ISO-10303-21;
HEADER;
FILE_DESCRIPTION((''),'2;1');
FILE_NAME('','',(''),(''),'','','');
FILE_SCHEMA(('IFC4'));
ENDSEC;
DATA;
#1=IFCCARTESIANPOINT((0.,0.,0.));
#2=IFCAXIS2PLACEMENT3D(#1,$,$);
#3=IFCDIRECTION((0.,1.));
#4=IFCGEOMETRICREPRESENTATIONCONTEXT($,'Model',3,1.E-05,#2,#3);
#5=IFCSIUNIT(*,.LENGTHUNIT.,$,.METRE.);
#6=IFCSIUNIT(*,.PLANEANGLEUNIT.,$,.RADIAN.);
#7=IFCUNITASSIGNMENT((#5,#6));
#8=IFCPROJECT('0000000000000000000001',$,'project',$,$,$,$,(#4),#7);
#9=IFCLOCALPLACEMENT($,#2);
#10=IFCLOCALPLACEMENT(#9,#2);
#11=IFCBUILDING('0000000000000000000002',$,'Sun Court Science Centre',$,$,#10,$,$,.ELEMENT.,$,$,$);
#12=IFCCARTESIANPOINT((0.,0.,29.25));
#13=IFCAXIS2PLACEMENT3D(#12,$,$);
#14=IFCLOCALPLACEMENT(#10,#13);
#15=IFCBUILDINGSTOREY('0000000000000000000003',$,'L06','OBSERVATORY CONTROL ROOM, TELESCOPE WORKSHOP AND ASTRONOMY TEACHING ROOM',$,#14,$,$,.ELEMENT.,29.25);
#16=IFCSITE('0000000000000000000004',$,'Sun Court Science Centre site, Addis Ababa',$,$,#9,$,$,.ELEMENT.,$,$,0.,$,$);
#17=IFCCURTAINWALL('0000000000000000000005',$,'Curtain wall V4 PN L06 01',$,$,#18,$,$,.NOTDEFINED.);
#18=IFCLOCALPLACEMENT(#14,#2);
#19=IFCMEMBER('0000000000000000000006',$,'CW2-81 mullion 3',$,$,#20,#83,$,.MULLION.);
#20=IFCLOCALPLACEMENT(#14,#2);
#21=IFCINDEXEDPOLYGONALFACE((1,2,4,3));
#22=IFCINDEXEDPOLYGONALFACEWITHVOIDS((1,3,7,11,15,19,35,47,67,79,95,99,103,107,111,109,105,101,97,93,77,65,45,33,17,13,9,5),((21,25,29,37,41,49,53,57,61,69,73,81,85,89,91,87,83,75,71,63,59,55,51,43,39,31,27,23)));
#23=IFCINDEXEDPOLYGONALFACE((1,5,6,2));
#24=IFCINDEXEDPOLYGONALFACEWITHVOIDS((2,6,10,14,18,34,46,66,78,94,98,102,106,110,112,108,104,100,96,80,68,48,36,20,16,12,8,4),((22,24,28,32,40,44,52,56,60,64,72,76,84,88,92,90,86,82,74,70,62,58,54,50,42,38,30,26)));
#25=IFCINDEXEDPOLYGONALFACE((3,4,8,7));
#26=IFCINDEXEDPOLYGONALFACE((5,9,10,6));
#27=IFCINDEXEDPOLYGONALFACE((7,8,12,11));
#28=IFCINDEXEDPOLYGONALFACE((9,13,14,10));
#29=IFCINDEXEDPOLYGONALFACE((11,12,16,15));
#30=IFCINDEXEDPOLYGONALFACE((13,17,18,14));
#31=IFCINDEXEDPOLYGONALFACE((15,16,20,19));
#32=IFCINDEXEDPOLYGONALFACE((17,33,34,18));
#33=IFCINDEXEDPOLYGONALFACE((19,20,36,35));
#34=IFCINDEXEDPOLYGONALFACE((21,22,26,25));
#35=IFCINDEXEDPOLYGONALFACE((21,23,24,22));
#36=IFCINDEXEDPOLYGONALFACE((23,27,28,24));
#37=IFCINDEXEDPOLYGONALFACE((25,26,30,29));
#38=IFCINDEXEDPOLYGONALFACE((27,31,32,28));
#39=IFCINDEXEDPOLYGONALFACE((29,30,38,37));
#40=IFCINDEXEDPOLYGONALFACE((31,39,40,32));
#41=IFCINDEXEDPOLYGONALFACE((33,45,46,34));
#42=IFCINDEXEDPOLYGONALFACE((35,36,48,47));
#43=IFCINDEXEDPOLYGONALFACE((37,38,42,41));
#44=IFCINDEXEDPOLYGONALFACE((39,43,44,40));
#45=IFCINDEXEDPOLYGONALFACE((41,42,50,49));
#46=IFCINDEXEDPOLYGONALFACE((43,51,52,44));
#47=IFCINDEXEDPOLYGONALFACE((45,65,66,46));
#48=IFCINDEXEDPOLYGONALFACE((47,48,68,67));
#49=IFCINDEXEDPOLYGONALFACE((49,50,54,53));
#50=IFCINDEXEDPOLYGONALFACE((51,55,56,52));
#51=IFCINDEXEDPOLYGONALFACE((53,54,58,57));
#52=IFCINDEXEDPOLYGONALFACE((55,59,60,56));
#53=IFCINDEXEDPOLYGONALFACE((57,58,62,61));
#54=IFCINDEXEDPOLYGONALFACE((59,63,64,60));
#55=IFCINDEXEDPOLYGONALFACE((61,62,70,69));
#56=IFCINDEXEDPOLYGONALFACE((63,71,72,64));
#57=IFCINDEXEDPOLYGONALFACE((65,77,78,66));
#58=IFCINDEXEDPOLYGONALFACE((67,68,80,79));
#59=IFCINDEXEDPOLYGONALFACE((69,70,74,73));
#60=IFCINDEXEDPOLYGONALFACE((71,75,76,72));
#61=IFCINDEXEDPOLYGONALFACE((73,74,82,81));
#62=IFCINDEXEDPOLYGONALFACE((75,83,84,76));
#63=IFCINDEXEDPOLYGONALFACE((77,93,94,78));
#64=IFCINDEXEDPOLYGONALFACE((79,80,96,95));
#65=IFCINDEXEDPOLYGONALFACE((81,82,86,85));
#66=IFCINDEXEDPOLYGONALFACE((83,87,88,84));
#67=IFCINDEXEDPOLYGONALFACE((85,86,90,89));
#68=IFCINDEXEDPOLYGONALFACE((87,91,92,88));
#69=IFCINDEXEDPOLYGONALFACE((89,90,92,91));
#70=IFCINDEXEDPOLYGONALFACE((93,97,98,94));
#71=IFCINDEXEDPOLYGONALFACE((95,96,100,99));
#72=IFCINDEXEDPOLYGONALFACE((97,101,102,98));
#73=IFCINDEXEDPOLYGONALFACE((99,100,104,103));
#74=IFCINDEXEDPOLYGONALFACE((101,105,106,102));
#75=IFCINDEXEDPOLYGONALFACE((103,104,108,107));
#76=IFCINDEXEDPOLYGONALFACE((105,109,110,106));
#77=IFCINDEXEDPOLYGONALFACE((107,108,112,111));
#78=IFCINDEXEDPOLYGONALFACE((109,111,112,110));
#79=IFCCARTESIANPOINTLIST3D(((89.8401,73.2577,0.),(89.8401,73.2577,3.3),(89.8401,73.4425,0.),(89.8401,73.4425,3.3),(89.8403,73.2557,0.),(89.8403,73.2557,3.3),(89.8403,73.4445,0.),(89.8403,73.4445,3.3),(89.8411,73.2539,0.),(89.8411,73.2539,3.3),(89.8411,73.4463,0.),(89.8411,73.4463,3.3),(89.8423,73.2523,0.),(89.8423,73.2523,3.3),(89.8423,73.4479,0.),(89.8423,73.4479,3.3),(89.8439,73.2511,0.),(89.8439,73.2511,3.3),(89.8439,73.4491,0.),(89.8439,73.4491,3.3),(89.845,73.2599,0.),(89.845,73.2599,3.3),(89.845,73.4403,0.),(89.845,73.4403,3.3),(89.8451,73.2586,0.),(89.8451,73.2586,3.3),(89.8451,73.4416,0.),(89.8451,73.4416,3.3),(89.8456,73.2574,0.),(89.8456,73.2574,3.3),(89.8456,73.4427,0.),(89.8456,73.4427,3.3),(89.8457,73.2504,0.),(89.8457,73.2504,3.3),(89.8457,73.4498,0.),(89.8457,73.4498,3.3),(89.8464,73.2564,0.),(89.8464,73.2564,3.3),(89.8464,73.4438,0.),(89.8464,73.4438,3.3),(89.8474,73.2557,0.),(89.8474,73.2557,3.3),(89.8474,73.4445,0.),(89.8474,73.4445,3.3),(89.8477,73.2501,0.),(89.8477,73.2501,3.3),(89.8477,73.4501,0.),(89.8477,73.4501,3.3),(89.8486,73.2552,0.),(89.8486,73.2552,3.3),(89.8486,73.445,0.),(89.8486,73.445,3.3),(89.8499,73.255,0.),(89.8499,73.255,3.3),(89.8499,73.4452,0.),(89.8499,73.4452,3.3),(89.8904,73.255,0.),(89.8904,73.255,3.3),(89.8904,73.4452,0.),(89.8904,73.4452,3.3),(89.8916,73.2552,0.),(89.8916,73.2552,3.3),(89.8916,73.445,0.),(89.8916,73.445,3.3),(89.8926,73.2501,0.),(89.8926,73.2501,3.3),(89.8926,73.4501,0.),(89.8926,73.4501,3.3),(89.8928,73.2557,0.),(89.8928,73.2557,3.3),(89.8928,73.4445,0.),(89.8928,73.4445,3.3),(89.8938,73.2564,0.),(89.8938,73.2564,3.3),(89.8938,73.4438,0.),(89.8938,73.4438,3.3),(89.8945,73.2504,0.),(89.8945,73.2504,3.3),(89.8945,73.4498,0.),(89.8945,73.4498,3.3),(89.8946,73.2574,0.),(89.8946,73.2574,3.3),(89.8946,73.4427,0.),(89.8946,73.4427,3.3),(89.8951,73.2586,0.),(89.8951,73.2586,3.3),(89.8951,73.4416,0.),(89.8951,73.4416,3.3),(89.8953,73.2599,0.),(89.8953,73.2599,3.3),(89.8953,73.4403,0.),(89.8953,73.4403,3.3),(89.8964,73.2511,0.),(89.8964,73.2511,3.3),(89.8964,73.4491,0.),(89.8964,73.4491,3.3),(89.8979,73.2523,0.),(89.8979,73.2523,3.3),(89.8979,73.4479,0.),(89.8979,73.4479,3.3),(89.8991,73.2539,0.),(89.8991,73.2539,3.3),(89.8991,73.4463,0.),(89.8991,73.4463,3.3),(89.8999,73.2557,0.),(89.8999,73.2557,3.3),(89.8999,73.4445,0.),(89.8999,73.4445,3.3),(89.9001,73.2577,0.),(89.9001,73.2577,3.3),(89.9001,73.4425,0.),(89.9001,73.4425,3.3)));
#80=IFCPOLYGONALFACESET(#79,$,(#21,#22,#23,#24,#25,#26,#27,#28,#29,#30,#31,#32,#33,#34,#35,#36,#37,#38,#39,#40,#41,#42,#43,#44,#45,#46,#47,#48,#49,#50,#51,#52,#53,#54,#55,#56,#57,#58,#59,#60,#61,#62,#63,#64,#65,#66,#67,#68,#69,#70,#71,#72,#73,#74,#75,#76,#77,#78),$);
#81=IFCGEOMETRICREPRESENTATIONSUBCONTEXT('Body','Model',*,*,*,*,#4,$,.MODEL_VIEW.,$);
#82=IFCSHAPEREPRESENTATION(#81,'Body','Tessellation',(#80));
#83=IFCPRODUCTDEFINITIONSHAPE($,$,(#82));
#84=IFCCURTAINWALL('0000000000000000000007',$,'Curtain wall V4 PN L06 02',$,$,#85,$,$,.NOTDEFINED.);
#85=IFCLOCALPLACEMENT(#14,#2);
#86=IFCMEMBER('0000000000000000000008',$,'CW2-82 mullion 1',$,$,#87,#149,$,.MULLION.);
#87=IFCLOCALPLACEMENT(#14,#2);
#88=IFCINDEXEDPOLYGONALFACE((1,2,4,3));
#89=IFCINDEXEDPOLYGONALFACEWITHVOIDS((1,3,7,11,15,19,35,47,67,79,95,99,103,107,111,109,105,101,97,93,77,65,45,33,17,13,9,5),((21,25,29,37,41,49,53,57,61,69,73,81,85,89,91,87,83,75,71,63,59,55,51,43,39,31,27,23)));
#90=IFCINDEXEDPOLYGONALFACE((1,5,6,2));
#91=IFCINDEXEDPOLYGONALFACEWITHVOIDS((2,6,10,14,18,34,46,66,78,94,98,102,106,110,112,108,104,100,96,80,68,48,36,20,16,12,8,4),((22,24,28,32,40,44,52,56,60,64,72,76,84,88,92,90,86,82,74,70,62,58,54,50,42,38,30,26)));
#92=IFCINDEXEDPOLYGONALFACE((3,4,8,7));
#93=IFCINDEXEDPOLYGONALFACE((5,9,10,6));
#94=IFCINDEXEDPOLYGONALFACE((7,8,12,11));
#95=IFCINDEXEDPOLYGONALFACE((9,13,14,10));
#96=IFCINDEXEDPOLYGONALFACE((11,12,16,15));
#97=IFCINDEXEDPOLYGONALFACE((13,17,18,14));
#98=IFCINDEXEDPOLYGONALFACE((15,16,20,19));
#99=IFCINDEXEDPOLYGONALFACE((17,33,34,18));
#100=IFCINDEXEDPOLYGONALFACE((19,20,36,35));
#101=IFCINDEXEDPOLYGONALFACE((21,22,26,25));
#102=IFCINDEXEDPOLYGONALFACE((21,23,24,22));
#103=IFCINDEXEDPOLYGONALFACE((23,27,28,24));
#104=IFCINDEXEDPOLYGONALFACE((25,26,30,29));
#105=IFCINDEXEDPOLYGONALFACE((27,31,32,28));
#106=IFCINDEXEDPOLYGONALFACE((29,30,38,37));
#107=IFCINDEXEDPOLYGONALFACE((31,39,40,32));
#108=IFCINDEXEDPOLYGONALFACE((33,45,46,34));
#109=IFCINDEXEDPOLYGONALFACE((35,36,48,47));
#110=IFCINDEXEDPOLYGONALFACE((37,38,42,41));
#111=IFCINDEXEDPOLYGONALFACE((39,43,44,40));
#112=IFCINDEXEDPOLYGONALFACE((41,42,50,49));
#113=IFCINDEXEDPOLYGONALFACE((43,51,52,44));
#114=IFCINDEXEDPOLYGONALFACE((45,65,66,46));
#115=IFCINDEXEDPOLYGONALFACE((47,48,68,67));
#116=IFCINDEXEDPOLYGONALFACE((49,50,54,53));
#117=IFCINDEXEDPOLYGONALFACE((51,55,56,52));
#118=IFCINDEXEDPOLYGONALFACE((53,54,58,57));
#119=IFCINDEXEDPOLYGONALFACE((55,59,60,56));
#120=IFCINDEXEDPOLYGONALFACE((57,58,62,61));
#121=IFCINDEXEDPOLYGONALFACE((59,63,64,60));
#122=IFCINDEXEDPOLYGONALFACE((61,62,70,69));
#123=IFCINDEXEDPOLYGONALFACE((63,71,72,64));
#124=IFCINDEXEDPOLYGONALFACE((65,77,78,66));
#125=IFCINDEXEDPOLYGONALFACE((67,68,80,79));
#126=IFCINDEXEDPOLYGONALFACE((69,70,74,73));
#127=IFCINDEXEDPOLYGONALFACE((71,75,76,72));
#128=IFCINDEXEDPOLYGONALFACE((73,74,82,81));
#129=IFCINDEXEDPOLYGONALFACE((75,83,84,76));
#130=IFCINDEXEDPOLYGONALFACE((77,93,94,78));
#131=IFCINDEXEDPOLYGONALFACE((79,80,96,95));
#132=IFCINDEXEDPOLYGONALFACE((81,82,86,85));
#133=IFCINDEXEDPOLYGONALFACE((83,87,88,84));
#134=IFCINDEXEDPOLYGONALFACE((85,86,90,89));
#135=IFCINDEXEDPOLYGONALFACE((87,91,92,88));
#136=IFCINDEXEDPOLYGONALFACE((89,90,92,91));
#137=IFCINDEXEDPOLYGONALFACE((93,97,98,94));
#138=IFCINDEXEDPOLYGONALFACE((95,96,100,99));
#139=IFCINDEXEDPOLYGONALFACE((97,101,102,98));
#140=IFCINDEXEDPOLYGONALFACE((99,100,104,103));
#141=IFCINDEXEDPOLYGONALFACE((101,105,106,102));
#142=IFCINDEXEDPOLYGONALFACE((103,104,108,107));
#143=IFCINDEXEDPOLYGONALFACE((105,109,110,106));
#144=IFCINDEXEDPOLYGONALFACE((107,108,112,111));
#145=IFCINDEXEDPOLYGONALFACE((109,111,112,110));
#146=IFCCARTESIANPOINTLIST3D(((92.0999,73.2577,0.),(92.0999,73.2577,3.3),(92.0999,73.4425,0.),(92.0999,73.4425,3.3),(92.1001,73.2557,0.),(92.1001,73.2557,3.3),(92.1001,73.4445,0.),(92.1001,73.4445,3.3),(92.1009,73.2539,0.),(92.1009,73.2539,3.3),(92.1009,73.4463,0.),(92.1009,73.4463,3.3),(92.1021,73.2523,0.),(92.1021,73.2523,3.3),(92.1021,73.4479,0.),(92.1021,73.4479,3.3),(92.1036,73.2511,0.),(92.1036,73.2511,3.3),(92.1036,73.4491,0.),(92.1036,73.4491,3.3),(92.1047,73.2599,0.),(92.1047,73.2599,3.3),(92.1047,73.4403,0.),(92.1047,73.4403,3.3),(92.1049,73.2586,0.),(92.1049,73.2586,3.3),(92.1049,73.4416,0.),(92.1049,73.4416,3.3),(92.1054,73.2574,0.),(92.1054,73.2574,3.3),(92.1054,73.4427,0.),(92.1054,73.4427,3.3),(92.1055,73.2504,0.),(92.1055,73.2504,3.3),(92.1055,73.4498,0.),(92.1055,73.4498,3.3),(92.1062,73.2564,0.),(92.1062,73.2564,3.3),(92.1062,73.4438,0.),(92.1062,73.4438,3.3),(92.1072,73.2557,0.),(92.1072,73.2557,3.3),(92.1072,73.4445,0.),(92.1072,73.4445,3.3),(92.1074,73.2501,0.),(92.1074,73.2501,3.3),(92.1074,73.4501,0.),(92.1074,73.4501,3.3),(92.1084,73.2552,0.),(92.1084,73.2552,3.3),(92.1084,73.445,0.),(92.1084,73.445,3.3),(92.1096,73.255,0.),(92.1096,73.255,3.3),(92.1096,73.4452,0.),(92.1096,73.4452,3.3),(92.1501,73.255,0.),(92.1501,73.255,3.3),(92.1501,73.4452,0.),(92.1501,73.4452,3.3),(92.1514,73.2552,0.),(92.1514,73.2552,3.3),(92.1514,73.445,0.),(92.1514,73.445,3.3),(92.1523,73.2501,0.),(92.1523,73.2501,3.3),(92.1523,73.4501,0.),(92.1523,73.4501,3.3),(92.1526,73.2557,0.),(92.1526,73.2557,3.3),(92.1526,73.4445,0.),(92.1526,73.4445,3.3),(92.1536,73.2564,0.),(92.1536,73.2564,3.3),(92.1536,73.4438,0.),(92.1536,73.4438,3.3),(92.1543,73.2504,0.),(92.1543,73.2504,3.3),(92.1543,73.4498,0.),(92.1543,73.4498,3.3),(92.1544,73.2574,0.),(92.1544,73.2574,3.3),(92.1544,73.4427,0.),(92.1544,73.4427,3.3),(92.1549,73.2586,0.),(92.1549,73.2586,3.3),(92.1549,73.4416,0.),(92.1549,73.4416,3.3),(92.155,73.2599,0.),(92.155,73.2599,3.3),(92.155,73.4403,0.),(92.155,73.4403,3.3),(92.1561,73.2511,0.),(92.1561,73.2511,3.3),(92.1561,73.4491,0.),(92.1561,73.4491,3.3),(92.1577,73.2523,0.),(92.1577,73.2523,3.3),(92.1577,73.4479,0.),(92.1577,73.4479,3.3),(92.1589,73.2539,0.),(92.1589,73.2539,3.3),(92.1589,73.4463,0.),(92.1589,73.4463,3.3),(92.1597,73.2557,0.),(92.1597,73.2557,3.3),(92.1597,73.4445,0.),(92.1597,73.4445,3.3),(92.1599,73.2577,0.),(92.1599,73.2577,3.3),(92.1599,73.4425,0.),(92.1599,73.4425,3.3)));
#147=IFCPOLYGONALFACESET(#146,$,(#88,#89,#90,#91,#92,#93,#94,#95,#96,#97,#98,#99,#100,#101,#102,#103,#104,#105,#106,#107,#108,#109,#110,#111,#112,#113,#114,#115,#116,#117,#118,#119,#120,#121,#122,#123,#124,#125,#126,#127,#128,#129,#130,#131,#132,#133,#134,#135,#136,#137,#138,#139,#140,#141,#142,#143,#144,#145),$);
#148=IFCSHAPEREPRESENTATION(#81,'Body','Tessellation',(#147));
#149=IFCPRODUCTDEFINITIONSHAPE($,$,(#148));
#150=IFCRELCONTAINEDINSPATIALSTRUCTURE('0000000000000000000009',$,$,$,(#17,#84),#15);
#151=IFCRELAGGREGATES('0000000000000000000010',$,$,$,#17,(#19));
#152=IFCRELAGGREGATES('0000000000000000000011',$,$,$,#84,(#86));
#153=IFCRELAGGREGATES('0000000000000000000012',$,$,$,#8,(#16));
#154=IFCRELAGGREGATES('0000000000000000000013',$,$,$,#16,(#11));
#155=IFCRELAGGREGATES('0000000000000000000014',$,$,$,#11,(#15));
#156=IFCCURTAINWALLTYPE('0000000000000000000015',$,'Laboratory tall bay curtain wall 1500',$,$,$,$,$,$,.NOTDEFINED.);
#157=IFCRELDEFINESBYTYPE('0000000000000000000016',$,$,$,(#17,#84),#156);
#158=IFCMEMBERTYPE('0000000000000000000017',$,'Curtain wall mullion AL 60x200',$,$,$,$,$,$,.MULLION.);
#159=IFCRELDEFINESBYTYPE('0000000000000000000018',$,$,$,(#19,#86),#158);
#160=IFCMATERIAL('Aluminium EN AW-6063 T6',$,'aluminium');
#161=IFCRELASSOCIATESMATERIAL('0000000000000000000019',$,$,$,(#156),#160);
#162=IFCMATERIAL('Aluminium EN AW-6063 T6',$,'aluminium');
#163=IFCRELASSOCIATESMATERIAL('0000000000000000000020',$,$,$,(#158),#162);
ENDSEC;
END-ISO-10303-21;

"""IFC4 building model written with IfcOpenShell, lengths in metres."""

from ifc_helpers import new_model, si_unit, direction, frame, origin, origin_2d, place, context, subcontext, project, spatial, hollow_rectangle, extrude, material, material_profile, profile_set, type_object, element, aggregate, save


model = new_model("IFC4")

# Units and contexts
model_context = context("Model", 3, precision=1e-05, world=origin(), true_north=direction((0.0, 1.0)))
body_context = subcontext(model_context, "Body", "Model", "MODEL_VIEW")
ifc_project = project(units=[si_unit("LENGTHUNIT", "METRE"), si_unit("PLANEANGLEUNIT", "RADIAN")], contexts=[model_context])

# Site, building, storey
site_placement = place(None, origin())
site = spatial("IfcSite", under=ifc_project, at=site_placement, Name="Sun Court Science Centre site, Addis Ababa", CompositionType="ELEMENT", RefElevation=0.0)
building_placement = place(site_placement, origin())
building = spatial("IfcBuilding", under=site, at=building_placement, Name="Sun Court Science Centre", CompositionType="ELEMENT")
storey_placement = place(building_placement, frame((0.0, 0.0, 29.25)))
storey = spatial("IfcBuildingStorey", under=building, at=storey_placement, Name="L06", Description="OBSERVATORY CONTROL ROOM, TELESCOPE WORKSHOP AND ASTRONOMY TEACHING ROOM", CompositionType="ELEMENT", Elevation=29.25)

# Curtain walls, members
ifc_material_1 = material(Name="Aluminium EN AW-6063 T6", Category="aluminium")
curtain_wall_type = type_object("IfcCurtainWallType", Name="Laboratory tall bay curtain wall 1500", PredefinedType="NOTDEFINED", material=ifc_material_1)
curtain_wall_1_placement = place(storey_placement, origin())
curtain_wall_1 = element("IfcCurtainWall", 1, at=curtain_wall_1_placement, inside=storey, type_object=curtain_wall_type, Name="Curtain wall V4 PN L06 01", PredefinedType="NOTDEFINED")
ifc_material_2 = material(Name="Aluminium EN AW-6063 T6", Category="aluminium")
ifc_material_profile_1 = material_profile(ifc_material_2, hollow_rectangle(XDim=0.0601, YDim=0.2, WallThickness=0.0049, InnerFilletRadius=0.0049, OuterFilletRadius=0.0076, at=origin_2d()), Name="AL 60x200x5")
ifc_profile_set_1 = profile_set([ifc_material_profile_1], Name="Aluminium EN AW-6063 T6")
member_type_1 = type_object("IfcMemberType", Name="Curtain wall mullion AL 60x200", PredefinedType="MULLION", material=ifc_profile_set_1)
member_1_placement = place(storey_placement, frame((89.8701, 73.3501, 0.0), z_axis=(0.0, 0.0, 1.0), x_axis=(1.0, 0.0, 0.0)))
member_1 = element("IfcMember", 2, at=member_1_placement, type_object=member_type_1, Name="CW2-81 mullion 3", PredefinedType="MULLION", context=body_context, shape_type="SweptSolid", body=[
    extrude(hollow_rectangle(XDim=0.0601, YDim=0.2, WallThickness=0.0049, InnerFilletRadius=0.0049, OuterFilletRadius=0.0076, at=origin_2d()), origin(), (0.0, 0.0, 1.0), 3.3),
])
curtain_wall_2_placement = place(storey_placement, origin())
curtain_wall_2 = element("IfcCurtainWall", 3, at=curtain_wall_2_placement, inside=storey, type_object=curtain_wall_type, Name="Curtain wall V4 PN L06 02", PredefinedType="NOTDEFINED")
member_2_placement = place(storey_placement, frame((92.1299, 73.3501, 0.0), z_axis=(0.0, 0.0, 1.0), x_axis=(1.0, 0.0, 0.0)))
member_2 = element("IfcMember", 4, at=member_2_placement, type_object=member_type_1, Name="CW2-82 mullion 1", PredefinedType="MULLION", context=body_context, shape_type="SweptSolid", body=[
    extrude(hollow_rectangle(XDim=0.0601, YDim=0.2, WallThickness=0.0049, InnerFilletRadius=0.0049, OuterFilletRadius=0.0076, at=origin_2d()), origin(), (0.0, 0.0, 1.0), 3.3),
])

aggregate(curtain_wall_1, [member_1])
aggregate(curtain_wall_2, [member_2])

save(model, "model.ifc")
